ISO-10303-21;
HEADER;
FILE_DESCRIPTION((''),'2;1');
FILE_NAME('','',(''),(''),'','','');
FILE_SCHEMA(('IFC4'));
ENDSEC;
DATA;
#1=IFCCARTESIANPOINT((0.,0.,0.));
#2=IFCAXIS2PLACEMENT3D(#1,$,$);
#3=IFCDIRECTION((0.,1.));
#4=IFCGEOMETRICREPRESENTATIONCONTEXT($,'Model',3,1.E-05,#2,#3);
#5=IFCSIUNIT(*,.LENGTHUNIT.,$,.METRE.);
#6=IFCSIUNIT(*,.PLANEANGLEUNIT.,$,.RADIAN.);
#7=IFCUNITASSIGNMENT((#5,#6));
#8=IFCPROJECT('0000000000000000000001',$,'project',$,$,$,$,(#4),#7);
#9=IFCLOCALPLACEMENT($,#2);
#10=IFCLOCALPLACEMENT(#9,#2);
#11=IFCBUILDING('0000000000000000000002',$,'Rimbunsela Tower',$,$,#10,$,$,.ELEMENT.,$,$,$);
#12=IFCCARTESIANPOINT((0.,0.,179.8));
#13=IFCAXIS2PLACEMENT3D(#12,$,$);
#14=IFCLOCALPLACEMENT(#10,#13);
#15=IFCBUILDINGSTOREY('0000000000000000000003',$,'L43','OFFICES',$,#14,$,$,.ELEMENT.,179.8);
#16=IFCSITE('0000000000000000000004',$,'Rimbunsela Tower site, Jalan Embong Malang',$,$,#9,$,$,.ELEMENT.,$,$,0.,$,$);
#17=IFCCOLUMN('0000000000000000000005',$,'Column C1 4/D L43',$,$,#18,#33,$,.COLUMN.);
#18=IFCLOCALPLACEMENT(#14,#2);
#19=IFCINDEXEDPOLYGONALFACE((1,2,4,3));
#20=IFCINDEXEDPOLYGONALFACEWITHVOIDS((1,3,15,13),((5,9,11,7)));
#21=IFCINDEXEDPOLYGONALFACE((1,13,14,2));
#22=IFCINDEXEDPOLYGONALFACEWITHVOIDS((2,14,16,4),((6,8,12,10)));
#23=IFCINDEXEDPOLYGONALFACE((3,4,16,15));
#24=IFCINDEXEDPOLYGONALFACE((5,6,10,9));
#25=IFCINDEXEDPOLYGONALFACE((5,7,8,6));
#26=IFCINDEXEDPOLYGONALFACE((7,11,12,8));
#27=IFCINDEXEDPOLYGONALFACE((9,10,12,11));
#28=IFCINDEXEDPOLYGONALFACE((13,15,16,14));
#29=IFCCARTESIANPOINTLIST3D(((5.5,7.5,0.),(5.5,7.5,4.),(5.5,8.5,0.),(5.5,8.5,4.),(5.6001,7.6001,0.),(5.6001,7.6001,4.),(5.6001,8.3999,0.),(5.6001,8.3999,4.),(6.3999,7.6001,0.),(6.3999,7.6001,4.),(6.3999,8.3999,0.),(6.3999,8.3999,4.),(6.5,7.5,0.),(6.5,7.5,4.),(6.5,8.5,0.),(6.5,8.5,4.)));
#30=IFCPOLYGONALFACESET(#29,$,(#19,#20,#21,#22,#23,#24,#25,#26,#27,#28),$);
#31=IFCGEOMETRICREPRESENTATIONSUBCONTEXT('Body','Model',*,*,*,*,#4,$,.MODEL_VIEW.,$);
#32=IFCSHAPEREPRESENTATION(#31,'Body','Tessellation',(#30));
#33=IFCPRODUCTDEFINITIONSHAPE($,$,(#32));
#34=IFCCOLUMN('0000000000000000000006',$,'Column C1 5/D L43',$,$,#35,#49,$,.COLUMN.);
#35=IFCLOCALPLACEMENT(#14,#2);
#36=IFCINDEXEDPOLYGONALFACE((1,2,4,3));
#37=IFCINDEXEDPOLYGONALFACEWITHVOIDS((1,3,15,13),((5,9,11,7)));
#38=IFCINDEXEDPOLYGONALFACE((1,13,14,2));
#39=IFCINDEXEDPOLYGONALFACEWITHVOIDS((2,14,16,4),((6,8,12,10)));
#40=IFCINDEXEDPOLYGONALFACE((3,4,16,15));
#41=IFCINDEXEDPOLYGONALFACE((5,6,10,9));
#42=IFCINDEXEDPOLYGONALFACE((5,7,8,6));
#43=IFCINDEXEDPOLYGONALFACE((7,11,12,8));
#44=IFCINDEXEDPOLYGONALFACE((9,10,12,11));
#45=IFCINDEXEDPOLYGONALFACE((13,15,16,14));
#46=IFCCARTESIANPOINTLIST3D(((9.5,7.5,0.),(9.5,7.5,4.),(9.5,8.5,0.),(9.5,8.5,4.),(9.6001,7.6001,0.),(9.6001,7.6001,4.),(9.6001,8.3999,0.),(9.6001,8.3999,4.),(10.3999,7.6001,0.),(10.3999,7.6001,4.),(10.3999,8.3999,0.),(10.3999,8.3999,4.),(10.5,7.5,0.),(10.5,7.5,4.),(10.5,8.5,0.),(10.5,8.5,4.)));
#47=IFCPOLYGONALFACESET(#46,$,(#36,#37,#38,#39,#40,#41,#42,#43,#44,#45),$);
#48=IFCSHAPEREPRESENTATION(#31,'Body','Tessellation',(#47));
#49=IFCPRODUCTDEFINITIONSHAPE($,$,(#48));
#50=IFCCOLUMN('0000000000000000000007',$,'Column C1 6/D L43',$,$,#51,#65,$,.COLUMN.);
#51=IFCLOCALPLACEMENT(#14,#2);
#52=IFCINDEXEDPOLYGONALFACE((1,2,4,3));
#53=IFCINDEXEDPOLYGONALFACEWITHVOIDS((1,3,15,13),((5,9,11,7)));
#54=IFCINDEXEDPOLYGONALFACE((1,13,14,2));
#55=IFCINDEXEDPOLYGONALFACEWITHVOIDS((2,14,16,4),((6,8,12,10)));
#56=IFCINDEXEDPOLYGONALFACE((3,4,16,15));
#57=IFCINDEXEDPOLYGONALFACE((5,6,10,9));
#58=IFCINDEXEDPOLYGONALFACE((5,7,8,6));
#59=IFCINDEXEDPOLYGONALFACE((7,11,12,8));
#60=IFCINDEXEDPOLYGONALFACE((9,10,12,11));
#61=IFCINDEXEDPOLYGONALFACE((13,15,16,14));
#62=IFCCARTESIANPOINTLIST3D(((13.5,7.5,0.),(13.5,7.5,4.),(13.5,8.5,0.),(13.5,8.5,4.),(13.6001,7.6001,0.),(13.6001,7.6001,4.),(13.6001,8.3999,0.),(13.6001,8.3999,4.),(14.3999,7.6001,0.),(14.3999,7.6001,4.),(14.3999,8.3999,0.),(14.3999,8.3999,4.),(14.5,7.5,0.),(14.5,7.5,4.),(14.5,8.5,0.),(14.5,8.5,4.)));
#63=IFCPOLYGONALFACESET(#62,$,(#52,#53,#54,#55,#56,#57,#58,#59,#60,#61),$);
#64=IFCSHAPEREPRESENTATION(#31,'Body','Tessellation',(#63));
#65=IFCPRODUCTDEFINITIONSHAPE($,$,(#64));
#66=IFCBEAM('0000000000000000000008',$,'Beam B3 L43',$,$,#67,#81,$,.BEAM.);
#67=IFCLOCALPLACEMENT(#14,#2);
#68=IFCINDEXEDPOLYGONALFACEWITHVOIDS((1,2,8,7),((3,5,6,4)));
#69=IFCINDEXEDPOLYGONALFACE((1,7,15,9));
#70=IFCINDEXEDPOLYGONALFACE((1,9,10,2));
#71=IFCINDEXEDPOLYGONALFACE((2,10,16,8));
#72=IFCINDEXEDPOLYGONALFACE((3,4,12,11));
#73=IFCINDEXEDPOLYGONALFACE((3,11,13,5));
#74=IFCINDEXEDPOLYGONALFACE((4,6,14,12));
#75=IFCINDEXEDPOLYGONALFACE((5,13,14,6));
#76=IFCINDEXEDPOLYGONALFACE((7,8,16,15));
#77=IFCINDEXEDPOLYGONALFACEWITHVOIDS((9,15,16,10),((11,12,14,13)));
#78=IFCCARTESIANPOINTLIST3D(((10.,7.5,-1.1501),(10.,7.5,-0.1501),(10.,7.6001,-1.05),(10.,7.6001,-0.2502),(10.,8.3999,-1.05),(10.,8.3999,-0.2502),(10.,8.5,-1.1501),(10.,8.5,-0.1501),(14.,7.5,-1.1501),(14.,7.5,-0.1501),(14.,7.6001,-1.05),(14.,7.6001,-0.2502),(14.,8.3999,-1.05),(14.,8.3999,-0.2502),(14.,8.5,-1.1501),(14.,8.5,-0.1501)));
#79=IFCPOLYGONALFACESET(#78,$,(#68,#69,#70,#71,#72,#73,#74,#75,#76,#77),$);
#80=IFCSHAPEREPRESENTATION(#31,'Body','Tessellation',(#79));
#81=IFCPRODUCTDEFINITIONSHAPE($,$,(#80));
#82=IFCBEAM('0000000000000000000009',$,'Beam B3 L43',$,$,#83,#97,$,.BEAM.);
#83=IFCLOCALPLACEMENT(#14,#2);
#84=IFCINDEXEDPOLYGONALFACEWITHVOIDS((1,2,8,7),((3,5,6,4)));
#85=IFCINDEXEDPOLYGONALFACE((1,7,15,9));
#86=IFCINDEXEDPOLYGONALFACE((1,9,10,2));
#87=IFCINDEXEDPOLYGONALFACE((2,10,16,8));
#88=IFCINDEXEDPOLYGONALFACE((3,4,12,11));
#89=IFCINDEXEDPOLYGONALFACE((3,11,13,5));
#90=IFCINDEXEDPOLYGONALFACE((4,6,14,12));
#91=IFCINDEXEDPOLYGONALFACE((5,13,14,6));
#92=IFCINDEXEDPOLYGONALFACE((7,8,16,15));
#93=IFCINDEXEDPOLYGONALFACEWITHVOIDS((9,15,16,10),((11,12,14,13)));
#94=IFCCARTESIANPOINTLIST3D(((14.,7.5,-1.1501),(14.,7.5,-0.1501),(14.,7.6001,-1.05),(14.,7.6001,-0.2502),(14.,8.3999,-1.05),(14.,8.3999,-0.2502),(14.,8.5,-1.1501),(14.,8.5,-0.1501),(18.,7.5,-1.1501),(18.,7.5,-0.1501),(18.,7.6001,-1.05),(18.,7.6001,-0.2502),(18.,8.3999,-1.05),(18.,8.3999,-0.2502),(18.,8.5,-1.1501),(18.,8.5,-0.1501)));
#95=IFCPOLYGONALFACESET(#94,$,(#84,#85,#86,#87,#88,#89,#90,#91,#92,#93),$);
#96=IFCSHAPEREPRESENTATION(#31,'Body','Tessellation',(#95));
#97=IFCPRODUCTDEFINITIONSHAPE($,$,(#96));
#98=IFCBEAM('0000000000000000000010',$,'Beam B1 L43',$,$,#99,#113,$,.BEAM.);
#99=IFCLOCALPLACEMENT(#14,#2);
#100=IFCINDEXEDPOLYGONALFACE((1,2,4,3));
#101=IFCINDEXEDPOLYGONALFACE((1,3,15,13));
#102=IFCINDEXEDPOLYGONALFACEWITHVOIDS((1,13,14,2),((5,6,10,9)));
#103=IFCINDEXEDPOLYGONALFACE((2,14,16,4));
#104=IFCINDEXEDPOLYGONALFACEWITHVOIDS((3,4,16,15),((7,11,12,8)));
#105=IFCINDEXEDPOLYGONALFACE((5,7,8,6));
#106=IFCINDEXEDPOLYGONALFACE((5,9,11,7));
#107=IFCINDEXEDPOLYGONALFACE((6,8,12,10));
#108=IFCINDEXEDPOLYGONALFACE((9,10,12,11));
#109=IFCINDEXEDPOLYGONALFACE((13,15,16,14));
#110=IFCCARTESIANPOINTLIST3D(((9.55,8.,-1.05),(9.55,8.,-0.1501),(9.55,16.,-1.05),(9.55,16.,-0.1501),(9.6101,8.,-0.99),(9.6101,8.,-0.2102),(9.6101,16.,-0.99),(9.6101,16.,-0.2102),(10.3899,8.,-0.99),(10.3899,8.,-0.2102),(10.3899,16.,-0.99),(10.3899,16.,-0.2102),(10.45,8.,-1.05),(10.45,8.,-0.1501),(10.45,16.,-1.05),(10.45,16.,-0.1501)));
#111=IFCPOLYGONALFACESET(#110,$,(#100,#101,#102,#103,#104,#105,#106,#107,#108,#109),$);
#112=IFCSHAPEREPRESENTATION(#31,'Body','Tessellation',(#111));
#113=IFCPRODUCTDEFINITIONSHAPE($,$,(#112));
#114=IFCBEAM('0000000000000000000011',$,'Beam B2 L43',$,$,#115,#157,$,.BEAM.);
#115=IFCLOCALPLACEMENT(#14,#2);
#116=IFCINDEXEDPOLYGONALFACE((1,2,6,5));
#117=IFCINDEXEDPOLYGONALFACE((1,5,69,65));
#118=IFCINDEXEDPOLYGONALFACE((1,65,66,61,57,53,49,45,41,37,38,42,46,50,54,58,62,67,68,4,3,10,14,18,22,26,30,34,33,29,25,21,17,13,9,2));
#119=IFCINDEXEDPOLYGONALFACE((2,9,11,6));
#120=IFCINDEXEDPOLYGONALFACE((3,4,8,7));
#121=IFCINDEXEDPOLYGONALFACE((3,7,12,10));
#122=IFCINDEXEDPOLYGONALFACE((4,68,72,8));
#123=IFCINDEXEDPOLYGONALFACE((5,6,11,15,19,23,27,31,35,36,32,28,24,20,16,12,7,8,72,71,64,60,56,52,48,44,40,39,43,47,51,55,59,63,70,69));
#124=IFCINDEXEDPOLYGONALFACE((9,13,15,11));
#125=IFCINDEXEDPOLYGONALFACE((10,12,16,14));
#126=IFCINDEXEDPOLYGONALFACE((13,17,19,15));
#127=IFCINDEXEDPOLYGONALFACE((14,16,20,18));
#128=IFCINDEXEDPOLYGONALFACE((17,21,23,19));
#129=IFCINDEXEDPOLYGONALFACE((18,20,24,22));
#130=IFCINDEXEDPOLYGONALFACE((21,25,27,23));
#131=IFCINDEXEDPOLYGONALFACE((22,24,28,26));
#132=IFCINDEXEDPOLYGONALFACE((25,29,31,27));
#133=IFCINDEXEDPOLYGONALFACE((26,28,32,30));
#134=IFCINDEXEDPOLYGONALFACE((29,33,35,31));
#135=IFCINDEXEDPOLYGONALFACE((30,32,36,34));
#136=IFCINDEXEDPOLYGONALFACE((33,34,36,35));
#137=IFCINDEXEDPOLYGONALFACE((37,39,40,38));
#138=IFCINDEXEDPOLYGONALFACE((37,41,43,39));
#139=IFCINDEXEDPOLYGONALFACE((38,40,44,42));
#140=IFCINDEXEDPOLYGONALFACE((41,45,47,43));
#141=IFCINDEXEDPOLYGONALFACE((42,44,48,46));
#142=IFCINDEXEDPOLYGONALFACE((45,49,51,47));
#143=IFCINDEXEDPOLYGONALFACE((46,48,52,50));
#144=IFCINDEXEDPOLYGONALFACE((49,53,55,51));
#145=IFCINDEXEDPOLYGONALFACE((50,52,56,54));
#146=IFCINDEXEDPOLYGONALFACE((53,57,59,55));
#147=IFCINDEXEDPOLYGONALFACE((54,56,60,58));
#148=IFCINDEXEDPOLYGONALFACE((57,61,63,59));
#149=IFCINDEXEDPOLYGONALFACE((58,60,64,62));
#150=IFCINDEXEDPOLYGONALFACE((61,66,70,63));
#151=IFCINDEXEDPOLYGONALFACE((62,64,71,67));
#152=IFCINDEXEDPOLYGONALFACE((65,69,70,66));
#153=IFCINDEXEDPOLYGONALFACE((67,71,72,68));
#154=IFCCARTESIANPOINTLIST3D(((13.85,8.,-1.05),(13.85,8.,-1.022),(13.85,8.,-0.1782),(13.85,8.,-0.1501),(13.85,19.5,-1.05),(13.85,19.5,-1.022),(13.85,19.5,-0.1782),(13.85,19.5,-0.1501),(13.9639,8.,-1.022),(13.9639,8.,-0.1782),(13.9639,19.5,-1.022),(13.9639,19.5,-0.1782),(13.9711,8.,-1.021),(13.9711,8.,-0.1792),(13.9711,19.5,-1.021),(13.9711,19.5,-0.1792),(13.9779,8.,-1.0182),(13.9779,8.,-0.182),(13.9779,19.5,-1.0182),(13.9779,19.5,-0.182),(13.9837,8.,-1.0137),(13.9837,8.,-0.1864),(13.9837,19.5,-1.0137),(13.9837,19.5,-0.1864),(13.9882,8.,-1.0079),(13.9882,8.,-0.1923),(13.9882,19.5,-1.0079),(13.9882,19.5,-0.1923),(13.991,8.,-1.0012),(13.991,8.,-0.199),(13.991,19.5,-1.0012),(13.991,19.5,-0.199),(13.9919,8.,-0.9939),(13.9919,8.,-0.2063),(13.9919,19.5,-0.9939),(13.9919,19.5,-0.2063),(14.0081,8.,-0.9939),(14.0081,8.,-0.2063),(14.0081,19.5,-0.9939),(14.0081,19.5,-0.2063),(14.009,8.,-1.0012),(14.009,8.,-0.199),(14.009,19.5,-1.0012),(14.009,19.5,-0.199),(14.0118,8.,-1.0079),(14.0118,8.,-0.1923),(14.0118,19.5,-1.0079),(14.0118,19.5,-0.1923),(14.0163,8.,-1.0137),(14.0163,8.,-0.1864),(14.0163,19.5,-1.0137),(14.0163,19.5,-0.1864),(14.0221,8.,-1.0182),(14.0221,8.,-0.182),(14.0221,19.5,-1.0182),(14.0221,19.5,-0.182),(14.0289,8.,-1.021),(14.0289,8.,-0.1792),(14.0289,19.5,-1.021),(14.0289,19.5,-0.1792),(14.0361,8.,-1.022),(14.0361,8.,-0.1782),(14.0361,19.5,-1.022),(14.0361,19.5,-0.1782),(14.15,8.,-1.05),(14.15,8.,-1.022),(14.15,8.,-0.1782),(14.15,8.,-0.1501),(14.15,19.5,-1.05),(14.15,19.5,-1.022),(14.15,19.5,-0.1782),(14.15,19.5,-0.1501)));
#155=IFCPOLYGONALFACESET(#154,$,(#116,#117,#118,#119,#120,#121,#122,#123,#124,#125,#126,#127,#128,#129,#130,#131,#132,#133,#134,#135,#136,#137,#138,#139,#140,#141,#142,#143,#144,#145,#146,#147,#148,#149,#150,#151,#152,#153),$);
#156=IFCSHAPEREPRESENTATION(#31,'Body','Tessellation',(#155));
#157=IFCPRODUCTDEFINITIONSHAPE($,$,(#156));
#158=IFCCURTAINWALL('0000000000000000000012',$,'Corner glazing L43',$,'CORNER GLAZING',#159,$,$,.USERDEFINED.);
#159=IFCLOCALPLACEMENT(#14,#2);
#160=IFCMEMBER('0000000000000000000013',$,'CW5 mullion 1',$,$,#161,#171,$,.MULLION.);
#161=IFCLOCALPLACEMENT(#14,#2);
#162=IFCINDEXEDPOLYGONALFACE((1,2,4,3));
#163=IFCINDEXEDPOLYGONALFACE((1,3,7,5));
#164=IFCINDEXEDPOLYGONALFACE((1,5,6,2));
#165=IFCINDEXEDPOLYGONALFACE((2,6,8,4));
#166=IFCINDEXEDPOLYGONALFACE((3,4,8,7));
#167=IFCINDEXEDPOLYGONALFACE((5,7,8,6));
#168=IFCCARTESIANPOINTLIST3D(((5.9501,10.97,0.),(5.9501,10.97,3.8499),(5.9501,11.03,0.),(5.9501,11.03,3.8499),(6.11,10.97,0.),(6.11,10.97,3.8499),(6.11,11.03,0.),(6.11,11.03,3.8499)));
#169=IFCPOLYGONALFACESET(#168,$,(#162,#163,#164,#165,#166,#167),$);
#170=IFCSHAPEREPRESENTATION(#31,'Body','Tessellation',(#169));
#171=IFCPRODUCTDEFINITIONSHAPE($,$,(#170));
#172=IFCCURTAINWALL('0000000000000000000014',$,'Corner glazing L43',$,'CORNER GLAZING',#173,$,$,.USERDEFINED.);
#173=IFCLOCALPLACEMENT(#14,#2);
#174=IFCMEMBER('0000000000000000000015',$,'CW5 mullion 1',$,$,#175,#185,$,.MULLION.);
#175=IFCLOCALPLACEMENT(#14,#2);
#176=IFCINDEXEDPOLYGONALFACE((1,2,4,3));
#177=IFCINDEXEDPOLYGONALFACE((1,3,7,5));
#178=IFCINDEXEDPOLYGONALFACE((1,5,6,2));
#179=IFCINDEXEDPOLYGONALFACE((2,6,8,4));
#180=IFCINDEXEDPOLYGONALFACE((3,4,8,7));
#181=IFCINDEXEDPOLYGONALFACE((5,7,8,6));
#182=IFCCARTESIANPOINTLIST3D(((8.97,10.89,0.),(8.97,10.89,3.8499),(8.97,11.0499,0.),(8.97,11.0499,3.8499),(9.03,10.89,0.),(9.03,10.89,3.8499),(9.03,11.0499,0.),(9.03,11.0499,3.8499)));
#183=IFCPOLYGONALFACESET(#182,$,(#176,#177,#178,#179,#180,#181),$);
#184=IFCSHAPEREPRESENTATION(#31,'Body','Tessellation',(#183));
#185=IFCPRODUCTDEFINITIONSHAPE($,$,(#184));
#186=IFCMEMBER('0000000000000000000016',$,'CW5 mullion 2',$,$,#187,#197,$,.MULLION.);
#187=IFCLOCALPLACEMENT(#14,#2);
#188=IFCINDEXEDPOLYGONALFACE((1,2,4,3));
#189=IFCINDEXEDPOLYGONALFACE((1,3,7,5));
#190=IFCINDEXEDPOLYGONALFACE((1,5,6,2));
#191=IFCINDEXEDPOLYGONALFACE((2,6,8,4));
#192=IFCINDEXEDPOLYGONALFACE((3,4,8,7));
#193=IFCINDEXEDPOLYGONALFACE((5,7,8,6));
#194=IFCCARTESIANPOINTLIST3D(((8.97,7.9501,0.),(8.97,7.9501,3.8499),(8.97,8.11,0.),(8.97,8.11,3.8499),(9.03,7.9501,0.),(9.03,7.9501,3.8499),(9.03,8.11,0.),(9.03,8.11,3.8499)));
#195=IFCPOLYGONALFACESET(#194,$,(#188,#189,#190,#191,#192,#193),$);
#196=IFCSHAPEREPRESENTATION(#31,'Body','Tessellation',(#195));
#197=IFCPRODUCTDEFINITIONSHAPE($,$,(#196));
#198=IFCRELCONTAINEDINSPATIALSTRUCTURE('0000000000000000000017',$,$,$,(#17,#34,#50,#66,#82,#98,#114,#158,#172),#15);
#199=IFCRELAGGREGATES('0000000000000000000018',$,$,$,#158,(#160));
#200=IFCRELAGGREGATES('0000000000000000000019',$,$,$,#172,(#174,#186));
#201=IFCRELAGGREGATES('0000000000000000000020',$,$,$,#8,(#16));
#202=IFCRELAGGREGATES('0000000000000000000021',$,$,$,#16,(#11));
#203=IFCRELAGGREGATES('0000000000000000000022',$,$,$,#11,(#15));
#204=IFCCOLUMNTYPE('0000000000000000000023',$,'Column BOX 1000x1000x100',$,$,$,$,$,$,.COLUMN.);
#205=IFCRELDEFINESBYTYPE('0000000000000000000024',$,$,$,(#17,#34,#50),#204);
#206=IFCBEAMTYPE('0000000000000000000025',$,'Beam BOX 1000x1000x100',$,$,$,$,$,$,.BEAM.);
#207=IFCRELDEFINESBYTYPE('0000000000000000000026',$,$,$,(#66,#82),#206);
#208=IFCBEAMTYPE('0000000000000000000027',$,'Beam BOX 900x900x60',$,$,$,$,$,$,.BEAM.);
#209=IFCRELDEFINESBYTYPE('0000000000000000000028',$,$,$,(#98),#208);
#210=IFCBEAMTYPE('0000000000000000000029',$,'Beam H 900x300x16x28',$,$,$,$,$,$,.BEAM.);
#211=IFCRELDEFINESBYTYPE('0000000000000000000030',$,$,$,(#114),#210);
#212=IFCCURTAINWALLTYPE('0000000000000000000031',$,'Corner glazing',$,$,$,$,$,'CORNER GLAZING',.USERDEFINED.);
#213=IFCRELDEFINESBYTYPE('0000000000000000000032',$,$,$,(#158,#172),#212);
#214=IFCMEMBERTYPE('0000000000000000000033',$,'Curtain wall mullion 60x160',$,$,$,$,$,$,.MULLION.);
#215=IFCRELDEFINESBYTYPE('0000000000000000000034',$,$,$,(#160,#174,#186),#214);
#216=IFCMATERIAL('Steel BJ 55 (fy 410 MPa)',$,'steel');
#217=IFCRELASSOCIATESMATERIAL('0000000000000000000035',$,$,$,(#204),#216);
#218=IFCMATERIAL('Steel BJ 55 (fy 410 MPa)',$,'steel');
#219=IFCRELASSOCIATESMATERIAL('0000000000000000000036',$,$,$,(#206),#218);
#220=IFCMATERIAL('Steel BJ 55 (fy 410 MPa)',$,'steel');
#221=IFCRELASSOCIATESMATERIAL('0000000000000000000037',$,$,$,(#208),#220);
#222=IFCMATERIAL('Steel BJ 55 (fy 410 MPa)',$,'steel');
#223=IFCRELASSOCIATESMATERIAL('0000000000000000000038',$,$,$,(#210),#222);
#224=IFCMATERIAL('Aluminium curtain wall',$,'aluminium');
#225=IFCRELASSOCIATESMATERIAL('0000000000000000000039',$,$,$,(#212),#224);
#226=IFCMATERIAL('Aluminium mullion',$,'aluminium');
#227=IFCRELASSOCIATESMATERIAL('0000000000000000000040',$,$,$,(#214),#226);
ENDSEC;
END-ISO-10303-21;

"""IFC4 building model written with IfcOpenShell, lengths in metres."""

from ifc_helpers import new_model, si_unit, direction, frame, origin, origin_2d, place, context, subcontext, project, spatial, rectangle, hollow_rectangle, i_section, extrude, material, material_profile, profile_set, type_object, element, aggregate, save


model = new_model("IFC4")

# Units and contexts
model_context = context("Model", 3, precision=1e-05, world=origin(), true_north=direction((0.0, 1.0)))
body_context = subcontext(model_context, "Body", "Model", "MODEL_VIEW")
ifc_project = project(units=[si_unit("LENGTHUNIT", "METRE"), si_unit("PLANEANGLEUNIT", "RADIAN")], contexts=[model_context])

# Site, building, storey
site_placement = place(None, origin())
site = spatial("IfcSite", under=ifc_project, at=site_placement, Name="Rimbunsela Tower site, Jalan Embong Malang", CompositionType="ELEMENT", RefElevation=0.0)
building_placement = place(site_placement, origin())
building = spatial("IfcBuilding", under=site, at=building_placement, Name="Rimbunsela Tower", CompositionType="ELEMENT")
storey_placement = place(building_placement, frame((0.0, 0.0, 179.8)))
storey = spatial("IfcBuildingStorey", under=building, at=storey_placement, Name="L43", Description="OFFICES", CompositionType="ELEMENT", Elevation=179.8)

# Columns
ifc_material_1 = material(Name="Steel BJ 55 (fy 410 MPa)", Category="steel")
ifc_material_profile_1 = material_profile(ifc_material_1, hollow_rectangle(XDim=1.0, YDim=1.0, WallThickness=0.1001, at=origin_2d()), Name="BOX 1000x1000x100")
ifc_profile_set_1 = profile_set([ifc_material_profile_1], Name="Steel BJ 55 (fy 410 MPa)")
column_type = type_object("IfcColumnType", Name="Column BOX 1000x1000x100", PredefinedType="COLUMN", material=ifc_profile_set_1)
for number, where, z_axis, x_axis, name in (
    (1, (6.0, 8.0, 0.0), (0.0, 0.0, 1.0), (1.0, 0.0, 0.0), "Column C1 4/D L43"),
    (2, (10.0, 8.0, 0.0), (0.0, 0.0, 1.0), (1.0, 0.0, 0.0), "Column C1 5/D L43"),
    (3, (14.0, 8.0, 0.0), (0.0, 0.0, 1.0), (1.0, 0.0, 0.0), "Column C1 6/D L43"),
):
    element("IfcColumn", number, at=place(storey_placement, frame(where, z_axis=z_axis, x_axis=x_axis)), inside=storey, type_object=column_type, Name=name, PredefinedType="COLUMN", context=body_context, shape_type="SweptSolid", body=[
        extrude(hollow_rectangle(XDim=1.0, YDim=1.0, WallThickness=0.1001, at=origin_2d()), origin(), (0.0, 0.0, 1.0), 4.0),
    ])

# Beams
ifc_material_2 = material(Name="Steel BJ 55 (fy 410 MPa)", Category="steel")
ifc_material_profile_2 = material_profile(ifc_material_2, hollow_rectangle(XDim=1.0, YDim=1.0, WallThickness=0.1001, at=origin_2d()), Name="BOX 1000x1000x100")
ifc_profile_set_2 = profile_set([ifc_material_profile_2], Name="Steel BJ 55 (fy 410 MPa)")
beam_type_1 = type_object("IfcBeamType", Name="Beam BOX 1000x1000x100", PredefinedType="BEAM", material=ifc_profile_set_2)
for number, where, z_axis, x_axis, name in (
    (4, (10.0, 8.0, -0.6501), (1.0, 0.0, 0.0), (0.0, 1.0, 0.0), "Beam B3 L43"),
    (5, (14.0, 8.0, -0.6501), (1.0, 0.0, 0.0), (0.0, 1.0, 0.0), "Beam B3 L43"),
):
    element("IfcBeam", number, at=place(storey_placement, frame(where, z_axis=z_axis, x_axis=x_axis)), inside=storey, type_object=beam_type_1, Name=name, PredefinedType="BEAM", context=body_context, shape_type="SweptSolid", body=[
        extrude(hollow_rectangle(XDim=1.0, YDim=1.0, WallThickness=0.1001, at=origin_2d()), origin(), (0.0, 0.0, 1.0), 4.0),
    ])
ifc_material_3 = material(Name="Steel BJ 55 (fy 410 MPa)", Category="steel")
ifc_material_profile_3 = material_profile(ifc_material_3, hollow_rectangle(XDim=0.8999, YDim=0.8999, WallThickness=0.0601, at=origin_2d()), Name="BOX 900x900x60")
ifc_profile_set_3 = profile_set([ifc_material_profile_3], Name="Steel BJ 55 (fy 410 MPa)")
beam_type_2 = type_object("IfcBeamType", Name="Beam BOX 900x900x60", PredefinedType="BEAM", material=ifc_profile_set_3)
beam_1_placement = place(storey_placement, frame((10.0, 8.0, -0.6001), z_axis=(0.0, 1.0, 0.0), x_axis=(-1.0, 0.0, 0.0)))
element("IfcBeam", 6, at=beam_1_placement, inside=storey, type_object=beam_type_2, Name="Beam B1 L43", PredefinedType="BEAM", context=body_context, shape_type="SweptSolid", body=[
    extrude(hollow_rectangle(XDim=0.8999, YDim=0.8999, WallThickness=0.0601, at=origin_2d()), origin(), (0.0, 0.0, 1.0), 8.0),
])
ifc_material_4 = material(Name="Steel BJ 55 (fy 410 MPa)", Category="steel")
ifc_material_profile_4 = material_profile(ifc_material_4, i_section(OverallWidth=0.3, OverallDepth=0.8999, WebThickness=0.0161, FlangeThickness=0.0281, FilletRadius=0.0281, at=origin_2d()), Name="H 900x300x16x28")
ifc_profile_set_4 = profile_set([ifc_material_profile_4], Name="Steel BJ 55 (fy 410 MPa)")
beam_type_3 = type_object("IfcBeamType", Name="Beam H 900x300x16x28", PredefinedType="BEAM", material=ifc_profile_set_4)
beam_2_placement = place(storey_placement, frame((14.0, 8.0, -0.6001), z_axis=(0.0, 1.0, 0.0), x_axis=(-1.0, 0.0, 0.0)))
element("IfcBeam", 7, at=beam_2_placement, inside=storey, type_object=beam_type_3, Name="Beam B2 L43", PredefinedType="BEAM", context=body_context, shape_type="SweptSolid", body=[
    extrude(i_section(OverallWidth=0.3, OverallDepth=0.8999, WebThickness=0.0161, FlangeThickness=0.0281, FilletRadius=0.0281, at=origin_2d()), origin(), (0.0, 0.0, 1.0), 11.5),
])

# Curtain wall, member
ifc_material_5 = material(Name="Aluminium curtain wall", Category="aluminium")
curtain_wall_type = type_object("IfcCurtainWallType", Name="Corner glazing", ElementType="CORNER GLAZING", PredefinedType="USERDEFINED", material=ifc_material_5)
curtain_wall_1_placement = place(storey_placement, origin())
curtain_wall_1 = element("IfcCurtainWall", 8, at=curtain_wall_1_placement, inside=storey, type_object=curtain_wall_type, Name="Corner glazing L43", ObjectType="CORNER GLAZING", PredefinedType="USERDEFINED")
ifc_material_6 = material(Name="Aluminium mullion", Category="aluminium")
ifc_material_profile_5 = material_profile(ifc_material_6, rectangle(XDim=0.0601, YDim=0.1599, at=origin_2d()), Name="Mullion 60x160")
ifc_profile_set_5 = profile_set([ifc_material_profile_5], Name="Aluminium mullion")
member_type_1 = type_object("IfcMemberType", Name="Curtain wall mullion 60x160", PredefinedType="MULLION", material=ifc_profile_set_5)
member_1_placement = place(storey_placement, frame((6.03, 11.0, 0.0), z_axis=(0.0, 0.0, 1.0), x_axis=(0.0, 1.0, 0.0)))
member_1 = element("IfcMember", 9, at=member_1_placement, type_object=member_type_1, Name="CW5 mullion 1", PredefinedType="MULLION", context=body_context, shape_type="SweptSolid", body=[
    extrude(rectangle(XDim=0.0601, YDim=0.1599, at=origin_2d()), origin(), (0.0, 0.0, 1.0), 3.8499),
])

# Curtain wall, members
curtain_wall_2_placement = place(storey_placement, origin())
curtain_wall_2 = element("IfcCurtainWall", 10, at=curtain_wall_2_placement, inside=storey, type_object=curtain_wall_type, Name="Corner glazing L43", ObjectType="CORNER GLAZING", PredefinedType="USERDEFINED")
member_2_placement = place(storey_placement, frame((9.0, 10.97, 0.0), z_axis=(0.0, 0.0, 1.0), x_axis=(1.0, 0.0, 0.0)))
member_2 = element("IfcMember", 11, at=member_2_placement, type_object=member_type_1, Name="CW5 mullion 1", PredefinedType="MULLION", context=body_context, shape_type="SweptSolid", body=[
    extrude(rectangle(XDim=0.0601, YDim=0.1599, at=origin_2d()), origin(), (0.0, 0.0, 1.0), 3.8499),
])
member_3_placement = place(storey_placement, frame((9.0, 8.03, 0.0), z_axis=(0.0, 0.0, 1.0), x_axis=(1.0, 0.0, 0.0)))
member_3 = element("IfcMember", 12, at=member_3_placement, type_object=member_type_1, Name="CW5 mullion 2", PredefinedType="MULLION", context=body_context, shape_type="SweptSolid", body=[
    extrude(rectangle(XDim=0.0601, YDim=0.1599, at=origin_2d()), origin(), (0.0, 0.0, 1.0), 3.8499),
])

aggregate(curtain_wall_1, [member_1])

aggregate(curtain_wall_2, [member_2, member_3])

save(model, "model.ifc")
